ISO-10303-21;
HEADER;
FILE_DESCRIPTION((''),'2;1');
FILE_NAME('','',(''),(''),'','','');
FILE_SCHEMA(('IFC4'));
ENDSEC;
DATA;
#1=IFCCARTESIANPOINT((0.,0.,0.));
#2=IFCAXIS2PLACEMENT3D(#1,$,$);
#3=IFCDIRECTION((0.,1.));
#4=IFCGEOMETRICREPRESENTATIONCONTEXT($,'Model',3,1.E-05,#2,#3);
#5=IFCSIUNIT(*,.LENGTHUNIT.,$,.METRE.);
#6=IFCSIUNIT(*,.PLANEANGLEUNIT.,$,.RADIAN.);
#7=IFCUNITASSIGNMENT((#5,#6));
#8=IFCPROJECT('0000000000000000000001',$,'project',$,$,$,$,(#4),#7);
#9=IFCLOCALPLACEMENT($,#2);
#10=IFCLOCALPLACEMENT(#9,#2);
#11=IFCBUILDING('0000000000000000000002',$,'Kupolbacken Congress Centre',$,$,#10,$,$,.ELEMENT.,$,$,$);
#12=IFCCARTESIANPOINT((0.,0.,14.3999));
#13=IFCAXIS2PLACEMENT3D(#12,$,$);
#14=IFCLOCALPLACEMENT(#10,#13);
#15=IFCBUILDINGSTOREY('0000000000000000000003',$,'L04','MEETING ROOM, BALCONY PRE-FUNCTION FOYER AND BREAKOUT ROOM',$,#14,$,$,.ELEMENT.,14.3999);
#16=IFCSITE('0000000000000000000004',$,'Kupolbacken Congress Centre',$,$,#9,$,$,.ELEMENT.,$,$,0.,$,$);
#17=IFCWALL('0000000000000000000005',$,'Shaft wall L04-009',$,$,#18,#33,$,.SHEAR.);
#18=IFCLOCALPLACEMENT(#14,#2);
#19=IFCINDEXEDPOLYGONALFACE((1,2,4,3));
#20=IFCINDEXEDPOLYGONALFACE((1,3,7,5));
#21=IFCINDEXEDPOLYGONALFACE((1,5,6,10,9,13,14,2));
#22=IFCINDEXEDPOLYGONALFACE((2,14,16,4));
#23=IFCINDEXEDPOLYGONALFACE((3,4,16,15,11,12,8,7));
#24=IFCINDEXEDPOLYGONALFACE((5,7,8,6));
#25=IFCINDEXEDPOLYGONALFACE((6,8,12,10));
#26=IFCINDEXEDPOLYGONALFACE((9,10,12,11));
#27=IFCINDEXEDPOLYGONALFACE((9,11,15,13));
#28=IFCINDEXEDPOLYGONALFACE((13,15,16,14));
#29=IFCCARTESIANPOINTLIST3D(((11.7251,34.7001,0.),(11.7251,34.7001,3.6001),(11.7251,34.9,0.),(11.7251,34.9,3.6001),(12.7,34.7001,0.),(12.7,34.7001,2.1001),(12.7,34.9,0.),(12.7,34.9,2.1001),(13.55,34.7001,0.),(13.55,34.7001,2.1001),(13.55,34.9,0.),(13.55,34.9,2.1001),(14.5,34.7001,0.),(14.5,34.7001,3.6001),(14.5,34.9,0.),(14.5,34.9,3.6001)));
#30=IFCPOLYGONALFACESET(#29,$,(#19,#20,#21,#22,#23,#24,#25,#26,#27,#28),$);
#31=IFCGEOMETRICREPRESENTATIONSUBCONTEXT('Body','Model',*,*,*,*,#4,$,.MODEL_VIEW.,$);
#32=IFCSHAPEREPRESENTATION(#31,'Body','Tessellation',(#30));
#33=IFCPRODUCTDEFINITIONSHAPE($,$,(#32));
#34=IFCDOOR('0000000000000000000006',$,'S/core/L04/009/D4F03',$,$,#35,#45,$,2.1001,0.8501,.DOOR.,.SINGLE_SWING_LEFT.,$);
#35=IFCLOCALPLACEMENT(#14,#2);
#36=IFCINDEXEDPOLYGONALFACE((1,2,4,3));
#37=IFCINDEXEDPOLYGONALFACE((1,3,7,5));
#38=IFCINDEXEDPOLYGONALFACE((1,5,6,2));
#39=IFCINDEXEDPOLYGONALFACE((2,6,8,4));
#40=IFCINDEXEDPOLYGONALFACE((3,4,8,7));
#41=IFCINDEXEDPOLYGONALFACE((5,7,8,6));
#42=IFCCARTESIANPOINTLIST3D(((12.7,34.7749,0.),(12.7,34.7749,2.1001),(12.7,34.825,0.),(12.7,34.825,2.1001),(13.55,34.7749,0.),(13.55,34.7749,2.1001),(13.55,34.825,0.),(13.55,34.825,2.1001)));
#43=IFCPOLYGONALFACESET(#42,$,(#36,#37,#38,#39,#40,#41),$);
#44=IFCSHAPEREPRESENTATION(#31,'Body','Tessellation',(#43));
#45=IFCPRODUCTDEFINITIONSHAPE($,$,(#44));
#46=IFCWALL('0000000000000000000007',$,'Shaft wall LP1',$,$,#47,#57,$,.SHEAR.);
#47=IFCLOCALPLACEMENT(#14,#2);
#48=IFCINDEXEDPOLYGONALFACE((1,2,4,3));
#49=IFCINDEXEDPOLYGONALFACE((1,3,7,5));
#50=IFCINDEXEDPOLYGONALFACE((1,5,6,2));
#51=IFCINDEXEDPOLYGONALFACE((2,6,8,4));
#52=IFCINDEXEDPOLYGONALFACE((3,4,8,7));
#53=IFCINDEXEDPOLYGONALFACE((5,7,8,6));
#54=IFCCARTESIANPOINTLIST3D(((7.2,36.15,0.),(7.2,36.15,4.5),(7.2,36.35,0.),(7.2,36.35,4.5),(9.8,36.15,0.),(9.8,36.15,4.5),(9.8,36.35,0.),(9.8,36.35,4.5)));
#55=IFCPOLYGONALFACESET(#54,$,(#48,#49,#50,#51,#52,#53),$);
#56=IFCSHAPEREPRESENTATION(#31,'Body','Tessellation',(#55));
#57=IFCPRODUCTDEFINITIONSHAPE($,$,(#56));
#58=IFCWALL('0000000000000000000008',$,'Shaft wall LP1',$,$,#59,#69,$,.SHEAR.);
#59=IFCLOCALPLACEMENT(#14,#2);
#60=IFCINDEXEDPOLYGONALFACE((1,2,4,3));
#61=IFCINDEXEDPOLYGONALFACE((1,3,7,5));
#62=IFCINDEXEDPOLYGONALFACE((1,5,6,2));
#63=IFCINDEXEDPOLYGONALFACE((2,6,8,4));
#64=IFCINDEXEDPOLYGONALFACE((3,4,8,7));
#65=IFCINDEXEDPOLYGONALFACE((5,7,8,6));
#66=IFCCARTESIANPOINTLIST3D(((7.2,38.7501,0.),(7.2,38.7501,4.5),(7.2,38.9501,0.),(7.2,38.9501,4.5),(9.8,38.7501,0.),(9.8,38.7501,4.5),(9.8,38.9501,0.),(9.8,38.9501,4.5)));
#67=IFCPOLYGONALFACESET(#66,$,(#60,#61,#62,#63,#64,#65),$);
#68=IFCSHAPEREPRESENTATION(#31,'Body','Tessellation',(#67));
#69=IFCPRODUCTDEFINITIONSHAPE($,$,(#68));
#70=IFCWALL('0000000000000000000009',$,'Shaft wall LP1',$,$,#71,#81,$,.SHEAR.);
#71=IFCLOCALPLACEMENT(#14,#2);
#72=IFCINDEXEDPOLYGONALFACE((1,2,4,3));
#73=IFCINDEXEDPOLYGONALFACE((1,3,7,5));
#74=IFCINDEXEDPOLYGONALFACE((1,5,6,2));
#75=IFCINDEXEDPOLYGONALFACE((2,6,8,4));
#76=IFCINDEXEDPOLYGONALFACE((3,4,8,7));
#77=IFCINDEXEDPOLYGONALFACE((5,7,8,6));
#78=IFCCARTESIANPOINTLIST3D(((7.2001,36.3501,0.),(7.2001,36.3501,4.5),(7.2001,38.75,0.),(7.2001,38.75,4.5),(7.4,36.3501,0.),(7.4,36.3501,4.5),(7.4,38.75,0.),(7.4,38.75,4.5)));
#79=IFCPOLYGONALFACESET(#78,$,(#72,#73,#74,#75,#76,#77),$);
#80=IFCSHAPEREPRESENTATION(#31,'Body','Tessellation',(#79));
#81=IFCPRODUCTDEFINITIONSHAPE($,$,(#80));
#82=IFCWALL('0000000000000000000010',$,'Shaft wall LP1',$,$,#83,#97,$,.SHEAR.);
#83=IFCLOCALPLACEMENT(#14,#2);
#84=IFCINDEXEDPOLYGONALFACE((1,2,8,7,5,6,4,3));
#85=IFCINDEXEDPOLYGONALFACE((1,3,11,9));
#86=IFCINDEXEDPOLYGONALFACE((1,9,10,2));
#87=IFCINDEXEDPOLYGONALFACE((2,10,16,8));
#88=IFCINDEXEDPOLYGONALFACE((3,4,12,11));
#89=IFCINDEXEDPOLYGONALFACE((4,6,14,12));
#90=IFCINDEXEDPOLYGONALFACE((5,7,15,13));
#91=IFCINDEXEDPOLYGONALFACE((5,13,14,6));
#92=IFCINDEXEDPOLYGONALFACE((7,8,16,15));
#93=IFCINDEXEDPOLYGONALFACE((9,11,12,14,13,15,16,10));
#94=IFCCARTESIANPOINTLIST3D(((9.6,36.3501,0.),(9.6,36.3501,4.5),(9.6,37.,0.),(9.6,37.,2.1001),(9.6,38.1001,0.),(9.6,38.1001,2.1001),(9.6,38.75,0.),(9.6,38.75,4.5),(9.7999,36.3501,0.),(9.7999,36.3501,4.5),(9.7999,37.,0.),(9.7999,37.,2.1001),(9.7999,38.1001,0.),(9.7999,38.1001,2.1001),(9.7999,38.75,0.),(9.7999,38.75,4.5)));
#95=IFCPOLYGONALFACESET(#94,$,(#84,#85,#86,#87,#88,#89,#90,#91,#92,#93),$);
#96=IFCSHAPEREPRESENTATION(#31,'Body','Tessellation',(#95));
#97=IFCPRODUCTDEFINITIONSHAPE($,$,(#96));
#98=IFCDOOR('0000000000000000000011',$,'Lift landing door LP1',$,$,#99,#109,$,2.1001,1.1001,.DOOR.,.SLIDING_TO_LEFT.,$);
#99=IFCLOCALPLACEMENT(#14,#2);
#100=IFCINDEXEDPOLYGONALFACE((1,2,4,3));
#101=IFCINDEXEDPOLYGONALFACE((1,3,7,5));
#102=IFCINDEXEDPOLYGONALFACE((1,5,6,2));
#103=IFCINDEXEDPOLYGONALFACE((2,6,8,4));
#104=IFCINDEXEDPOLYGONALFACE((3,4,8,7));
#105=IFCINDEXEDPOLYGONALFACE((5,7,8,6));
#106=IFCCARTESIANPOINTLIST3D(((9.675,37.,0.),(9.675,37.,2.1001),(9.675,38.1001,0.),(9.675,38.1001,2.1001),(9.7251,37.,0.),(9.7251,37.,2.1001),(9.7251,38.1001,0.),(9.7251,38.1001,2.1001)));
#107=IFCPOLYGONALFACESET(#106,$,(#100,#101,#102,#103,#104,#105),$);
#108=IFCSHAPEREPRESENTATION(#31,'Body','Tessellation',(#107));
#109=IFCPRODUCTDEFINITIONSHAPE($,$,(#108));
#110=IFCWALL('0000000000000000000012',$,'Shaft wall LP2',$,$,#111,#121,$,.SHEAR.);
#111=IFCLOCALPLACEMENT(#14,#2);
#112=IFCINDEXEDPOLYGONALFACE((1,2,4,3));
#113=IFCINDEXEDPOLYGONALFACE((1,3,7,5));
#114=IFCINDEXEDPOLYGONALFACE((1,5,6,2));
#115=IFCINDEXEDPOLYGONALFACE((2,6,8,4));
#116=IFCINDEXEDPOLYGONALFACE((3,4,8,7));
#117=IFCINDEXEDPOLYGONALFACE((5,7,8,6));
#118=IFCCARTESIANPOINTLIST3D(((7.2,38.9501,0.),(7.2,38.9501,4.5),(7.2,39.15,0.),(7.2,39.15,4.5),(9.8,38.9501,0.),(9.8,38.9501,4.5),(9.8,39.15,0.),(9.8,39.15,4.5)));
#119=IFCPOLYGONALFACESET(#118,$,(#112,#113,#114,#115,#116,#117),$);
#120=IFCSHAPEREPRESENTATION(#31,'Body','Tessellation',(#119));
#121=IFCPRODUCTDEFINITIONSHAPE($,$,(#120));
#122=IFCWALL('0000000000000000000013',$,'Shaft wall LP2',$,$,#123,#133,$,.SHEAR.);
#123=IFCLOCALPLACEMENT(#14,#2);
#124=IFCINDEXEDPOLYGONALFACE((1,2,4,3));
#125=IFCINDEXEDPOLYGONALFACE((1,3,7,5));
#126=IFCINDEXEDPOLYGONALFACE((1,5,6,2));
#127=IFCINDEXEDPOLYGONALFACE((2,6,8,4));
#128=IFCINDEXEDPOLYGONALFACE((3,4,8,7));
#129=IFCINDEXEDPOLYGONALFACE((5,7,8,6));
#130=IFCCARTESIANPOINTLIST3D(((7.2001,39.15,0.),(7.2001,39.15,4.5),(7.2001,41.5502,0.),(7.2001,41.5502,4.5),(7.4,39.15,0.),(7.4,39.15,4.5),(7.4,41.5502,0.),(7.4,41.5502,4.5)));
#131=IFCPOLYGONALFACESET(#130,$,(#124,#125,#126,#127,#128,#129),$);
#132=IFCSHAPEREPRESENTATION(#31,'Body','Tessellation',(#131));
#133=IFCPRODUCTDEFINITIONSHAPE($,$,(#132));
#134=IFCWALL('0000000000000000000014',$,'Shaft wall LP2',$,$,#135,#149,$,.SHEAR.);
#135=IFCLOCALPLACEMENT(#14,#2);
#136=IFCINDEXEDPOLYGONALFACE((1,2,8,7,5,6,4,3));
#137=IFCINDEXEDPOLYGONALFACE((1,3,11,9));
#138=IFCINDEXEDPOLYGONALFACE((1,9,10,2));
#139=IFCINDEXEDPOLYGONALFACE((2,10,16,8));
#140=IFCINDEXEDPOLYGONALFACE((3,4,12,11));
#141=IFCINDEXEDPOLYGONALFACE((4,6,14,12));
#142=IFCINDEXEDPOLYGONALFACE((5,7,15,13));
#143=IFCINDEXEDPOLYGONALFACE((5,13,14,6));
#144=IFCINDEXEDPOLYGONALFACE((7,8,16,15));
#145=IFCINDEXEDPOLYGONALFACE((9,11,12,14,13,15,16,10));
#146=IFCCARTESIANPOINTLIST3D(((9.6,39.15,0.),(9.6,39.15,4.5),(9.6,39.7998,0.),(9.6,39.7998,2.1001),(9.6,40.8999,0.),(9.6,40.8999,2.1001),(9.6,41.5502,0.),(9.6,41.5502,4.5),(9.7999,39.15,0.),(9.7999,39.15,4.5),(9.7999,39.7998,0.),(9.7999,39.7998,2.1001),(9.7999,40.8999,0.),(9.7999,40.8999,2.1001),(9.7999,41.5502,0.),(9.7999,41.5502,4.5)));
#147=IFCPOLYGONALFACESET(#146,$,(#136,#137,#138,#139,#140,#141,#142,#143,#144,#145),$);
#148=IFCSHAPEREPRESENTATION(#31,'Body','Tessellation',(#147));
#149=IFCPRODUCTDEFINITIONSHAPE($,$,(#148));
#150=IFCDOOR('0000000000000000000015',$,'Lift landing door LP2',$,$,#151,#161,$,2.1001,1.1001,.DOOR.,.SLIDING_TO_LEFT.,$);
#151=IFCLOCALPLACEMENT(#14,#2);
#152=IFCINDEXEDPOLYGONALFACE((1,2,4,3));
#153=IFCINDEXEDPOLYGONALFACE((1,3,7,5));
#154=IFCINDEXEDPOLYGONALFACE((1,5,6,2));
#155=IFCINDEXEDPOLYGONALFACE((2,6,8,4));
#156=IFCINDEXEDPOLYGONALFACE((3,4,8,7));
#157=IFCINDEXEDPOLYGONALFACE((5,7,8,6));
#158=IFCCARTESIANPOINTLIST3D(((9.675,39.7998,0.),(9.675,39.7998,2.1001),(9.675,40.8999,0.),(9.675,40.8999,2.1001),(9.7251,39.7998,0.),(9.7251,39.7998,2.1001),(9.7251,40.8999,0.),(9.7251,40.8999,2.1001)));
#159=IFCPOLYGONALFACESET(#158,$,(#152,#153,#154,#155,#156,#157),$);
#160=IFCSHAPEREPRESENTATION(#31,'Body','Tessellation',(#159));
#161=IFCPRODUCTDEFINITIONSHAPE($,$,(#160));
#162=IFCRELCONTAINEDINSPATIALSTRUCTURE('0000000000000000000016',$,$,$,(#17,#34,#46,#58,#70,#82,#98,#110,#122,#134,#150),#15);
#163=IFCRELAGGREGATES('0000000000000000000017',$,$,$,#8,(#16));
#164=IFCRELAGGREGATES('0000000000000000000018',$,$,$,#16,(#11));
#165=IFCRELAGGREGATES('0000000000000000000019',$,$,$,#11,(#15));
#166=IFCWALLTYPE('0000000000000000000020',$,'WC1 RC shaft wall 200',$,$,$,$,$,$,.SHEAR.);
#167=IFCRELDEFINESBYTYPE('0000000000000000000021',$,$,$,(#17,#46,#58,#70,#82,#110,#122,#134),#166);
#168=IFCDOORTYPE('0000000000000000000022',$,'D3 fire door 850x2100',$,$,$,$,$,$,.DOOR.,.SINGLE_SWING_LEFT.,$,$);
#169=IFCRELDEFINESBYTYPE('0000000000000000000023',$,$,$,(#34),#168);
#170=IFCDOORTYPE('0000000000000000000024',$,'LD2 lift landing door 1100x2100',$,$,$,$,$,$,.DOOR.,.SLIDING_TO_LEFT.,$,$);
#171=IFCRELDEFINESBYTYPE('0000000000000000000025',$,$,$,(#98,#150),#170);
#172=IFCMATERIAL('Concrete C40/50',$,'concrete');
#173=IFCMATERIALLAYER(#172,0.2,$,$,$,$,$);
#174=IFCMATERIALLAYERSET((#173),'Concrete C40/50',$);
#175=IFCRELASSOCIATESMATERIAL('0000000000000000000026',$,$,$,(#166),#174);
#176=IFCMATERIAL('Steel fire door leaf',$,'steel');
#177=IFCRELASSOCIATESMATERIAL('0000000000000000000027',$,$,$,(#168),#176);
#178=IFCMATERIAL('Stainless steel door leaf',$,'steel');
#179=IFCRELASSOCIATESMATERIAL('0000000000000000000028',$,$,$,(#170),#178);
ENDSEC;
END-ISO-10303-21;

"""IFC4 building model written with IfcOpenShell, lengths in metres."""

from ifc_helpers import new_model, si_unit, direction, frame, frame_2d, origin, place, context, subcontext, project, spatial, rectangle, extrude, material, layer, layer_set, type_object, element, fill, save


model = new_model("IFC4")

# Units and contexts
model_context = context("Model", 3, precision=1e-05, world=origin(), true_north=direction((0.0, 1.0)))
body_context = subcontext(model_context, "Body", "Model", "MODEL_VIEW")
ifc_project = project(units=[si_unit("LENGTHUNIT", "METRE"), si_unit("PLANEANGLEUNIT", "RADIAN")], contexts=[model_context])

# Site, building, storey
site_placement = place(None, origin())
site = spatial("IfcSite", under=ifc_project, at=site_placement, Name="Kupolbacken Congress Centre", CompositionType="ELEMENT", RefElevation=0.0)
building_placement = place(site_placement, origin())
building = spatial("IfcBuilding", under=site, at=building_placement, Name="Kupolbacken Congress Centre", CompositionType="ELEMENT")
storey_placement = place(building_placement, frame((0.0, 0.0, 14.3999)))
storey = spatial("IfcBuildingStorey", under=building, at=storey_placement, Name="L04", Description="MEETING ROOM, BALCONY PRE-FUNCTION FOYER AND BREAKOUT ROOM", CompositionType="ELEMENT", Elevation=14.3999)

# Wall, opening, door
ifc_material_1 = material(Name="Concrete C40/50", Category="concrete")
ifc_layer_1 = layer(ifc_material_1, 0.2)
ifc_layer_set_1 = layer_set([ifc_layer_1], Name="Concrete C40/50")
wall_type_1 = type_object("IfcWallType", Name="WC1 RC shaft wall 200", PredefinedType="SHEAR", material=ifc_layer_set_1)
wall_1_placement = place(storey_placement, frame((14.5, 34.8, 0.0), z_axis=(0.0, 0.0, 1.0), x_axis=(-1.0, 0.0, 0.0)))
wall_1 = element("IfcWall", 1, at=wall_1_placement, inside=storey, type_object=wall_type_1, Name="Shaft wall L04-009", PredefinedType="SHEAR", context=body_context, shape_type="SweptSolid", body=[
    extrude(rectangle(XDim=2.7749, YDim=0.2, at=frame_2d((1.3875, 0.0))), origin(), (0.0, 0.0, 1.0), 3.6001),
])
opening_1_placement = place(wall_1_placement, frame((0.95, 0.0, 0.0)))
opening_1 = element("IfcOpeningElement", 2, at=opening_1_placement, cuts=wall_1, PredefinedType="OPENING", context=body_context, shape_type="SweptSolid", body=[
    extrude(rectangle(XDim=0.8501, YDim=2.1001, at=frame_2d((0.425, 1.05))), frame((0.0, 0.1099, 0.0), z_axis=(0.0, -1.0, 0.0), x_axis=(1.0, 0.0, 0.0)), (0.0, 0.0, 1.0), 0.22),
])
ifc_material_2 = material(Name="Steel fire door leaf", Category="steel")
door_type_1 = type_object("IfcDoorType", Name="D3 fire door 850x2100", OperationType="SINGLE_SWING_LEFT", PredefinedType="DOOR", material=ifc_material_2)
door_1_placement = place(opening_1_placement, frame((0.8501, 0.0, 0.0), z_axis=(0.0, 0.0, 1.0), x_axis=(-1.0, 0.0, 0.0)))
door_1 = element("IfcDoor", 3, at=door_1_placement, inside=storey, type_object=door_type_1, Name="S/core/L04/009/D4F03", OperationType="SINGLE_SWING_LEFT", OverallHeight=2.1001, OverallWidth=0.8501, PredefinedType="DOOR", context=body_context, shape_type="SweptSolid", body=[
    extrude(rectangle(XDim=0.8501, YDim=2.1001, at=frame_2d((0.425, 1.05))), frame((0.0, 0.0249, 0.0), z_axis=(0.0, -1.0, 0.0), x_axis=(1.0, 0.0, 0.0)), (0.0, 0.0, 1.0), 0.05),
])
fill(opening_1, door_1)

# Walls
for number, where, z_axis, x_axis, name in (
    (4, (7.2, 36.25, 0.0), (0.0, 0.0, 1.0), (1.0, 0.0, 0.0), "Shaft wall LP1"),
    (5, (7.2, 38.8501, 0.0), (0.0, 0.0, 1.0), (1.0, 0.0, 0.0), "Shaft wall LP1"),
):
    element("IfcWall", number, at=place(storey_placement, frame(where, z_axis=z_axis, x_axis=x_axis)), inside=storey, type_object=wall_type_1, Name=name, PredefinedType="SHEAR", context=body_context, shape_type="SweptSolid", body=[
        extrude(rectangle(XDim=2.6001, YDim=0.2, at=frame_2d((1.3, 0.0))), origin(), (0.0, 0.0, 1.0), 4.5),
    ])
wall_2_placement = place(storey_placement, frame((7.3, 36.3501, 0.0), z_axis=(0.0, 0.0, 1.0), x_axis=(0.0, 1.0, 0.0)))
element("IfcWall", 6, at=wall_2_placement, inside=storey, type_object=wall_type_1, Name="Shaft wall LP1", PredefinedType="SHEAR", context=body_context, shape_type="SweptSolid", body=[
    extrude(rectangle(XDim=2.3999, YDim=0.2, at=frame_2d((1.2, 0.0))), origin(), (0.0, 0.0, 1.0), 4.5),
])

# Wall, opening, door
wall_3_placement = place(storey_placement, frame((9.7, 36.3501, 0.0), z_axis=(0.0, 0.0, 1.0), x_axis=(0.0, 1.0, 0.0)))
wall_3 = element("IfcWall", 7, at=wall_3_placement, inside=storey, type_object=wall_type_1, Name="Shaft wall LP1", PredefinedType="SHEAR", context=body_context, shape_type="SweptSolid", body=[
    extrude(rectangle(XDim=2.3999, YDim=0.2, at=frame_2d((1.2, 0.0))), origin(), (0.0, 0.0, 1.0), 4.5),
])
opening_2_placement = place(wall_3_placement, frame((0.6499, 0.0, 0.0)))
opening_2 = element("IfcOpeningElement", 8, at=opening_2_placement, cuts=wall_3, PredefinedType="OPENING", context=body_context, shape_type="SweptSolid", body=[
    extrude(rectangle(XDim=1.1001, YDim=2.1001, at=frame_2d((0.55, 1.05))), frame((0.0, 0.1099, 0.0), z_axis=(0.0, -1.0, 0.0), x_axis=(1.0, 0.0, 0.0)), (0.0, 0.0, 1.0), 0.22),
])
ifc_material_3 = material(Name="Stainless steel door leaf", Category="steel")
door_type_2 = type_object("IfcDoorType", Name="LD2 lift landing door 1100x2100", OperationType="SLIDING_TO_LEFT", PredefinedType="DOOR", material=ifc_material_3)
door_2_placement = place(opening_2_placement, origin())
door_2 = element("IfcDoor", 9, at=door_2_placement, inside=storey, type_object=door_type_2, Name="Lift landing door LP1", OperationType="SLIDING_TO_LEFT", OverallHeight=2.1001, OverallWidth=1.1001, PredefinedType="DOOR", context=body_context, shape_type="SweptSolid", body=[
    extrude(rectangle(XDim=1.1001, YDim=2.1001, at=frame_2d((0.55, 1.05))), frame((0.0, 0.0249, 0.0), z_axis=(0.0, -1.0, 0.0), x_axis=(1.0, 0.0, 0.0)), (0.0, 0.0, 1.0), 0.05),
])
fill(opening_2, door_2)

# Walls
wall_4_placement = place(storey_placement, frame((7.2, 39.05, 0.0), z_axis=(0.0, 0.0, 1.0), x_axis=(1.0, 0.0, 0.0)))
element("IfcWall", 10, at=wall_4_placement, inside=storey, type_object=wall_type_1, Name="Shaft wall LP2", PredefinedType="SHEAR", context=body_context, shape_type="SweptSolid", body=[
    extrude(rectangle(XDim=2.6001, YDim=0.2, at=frame_2d((1.3, 0.0))), origin(), (0.0, 0.0, 1.0), 4.5),
])
wall_5_placement = place(storey_placement, frame((7.3, 39.1499, 0.0), z_axis=(0.0, 0.0, 1.0), x_axis=(0.0, 1.0, 0.0)))
element("IfcWall", 11, at=wall_5_placement, inside=storey, type_object=wall_type_1, Name="Shaft wall LP2", PredefinedType="SHEAR", context=body_context, shape_type="SweptSolid", body=[
    extrude(rectangle(XDim=2.4001, YDim=0.2, at=frame_2d((1.2002, 0.0))), origin(), (0.0, 0.0, 1.0), 4.5),
])

# Wall, opening, door
wall_6_placement = place(storey_placement, frame((9.7, 39.1499, 0.0), z_axis=(0.0, 0.0, 1.0), x_axis=(0.0, 1.0, 0.0)))
wall_6 = element("IfcWall", 12, at=wall_6_placement, inside=storey, type_object=wall_type_1, Name="Shaft wall LP2", PredefinedType="SHEAR", context=body_context, shape_type="SweptSolid", body=[
    extrude(rectangle(XDim=2.4001, YDim=0.2, at=frame_2d((1.2002, 0.0))), origin(), (0.0, 0.0, 1.0), 4.5),
])
opening_3_placement = place(wall_6_placement, frame((0.6499, 0.0, 0.0)))
opening_3 = element("IfcOpeningElement", 13, at=opening_3_placement, cuts=wall_6, PredefinedType="OPENING", context=body_context, shape_type="SweptSolid", body=[
    extrude(rectangle(XDim=1.1001, YDim=2.1001, at=frame_2d((0.55, 1.05))), frame((0.0, 0.1099, 0.0), z_axis=(0.0, -1.0, 0.0), x_axis=(1.0, 0.0, 0.0)), (0.0, 0.0, 1.0), 0.22),
])
door_3_placement = place(opening_3_placement, origin())
door_3 = element("IfcDoor", 14, at=door_3_placement, inside=storey, type_object=door_type_2, Name="Lift landing door LP2", OperationType="SLIDING_TO_LEFT", OverallHeight=2.1001, OverallWidth=1.1001, PredefinedType="DOOR", context=body_context, shape_type="SweptSolid", body=[
    extrude(rectangle(XDim=1.1001, YDim=2.1001, at=frame_2d((0.55, 1.05))), frame((0.0, 0.0249, 0.0), z_axis=(0.0, -1.0, 0.0), x_axis=(1.0, 0.0, 0.0)), (0.0, 0.0, 1.0), 0.05),
])
fill(opening_3, door_3)

save(model, "model.ifc")
